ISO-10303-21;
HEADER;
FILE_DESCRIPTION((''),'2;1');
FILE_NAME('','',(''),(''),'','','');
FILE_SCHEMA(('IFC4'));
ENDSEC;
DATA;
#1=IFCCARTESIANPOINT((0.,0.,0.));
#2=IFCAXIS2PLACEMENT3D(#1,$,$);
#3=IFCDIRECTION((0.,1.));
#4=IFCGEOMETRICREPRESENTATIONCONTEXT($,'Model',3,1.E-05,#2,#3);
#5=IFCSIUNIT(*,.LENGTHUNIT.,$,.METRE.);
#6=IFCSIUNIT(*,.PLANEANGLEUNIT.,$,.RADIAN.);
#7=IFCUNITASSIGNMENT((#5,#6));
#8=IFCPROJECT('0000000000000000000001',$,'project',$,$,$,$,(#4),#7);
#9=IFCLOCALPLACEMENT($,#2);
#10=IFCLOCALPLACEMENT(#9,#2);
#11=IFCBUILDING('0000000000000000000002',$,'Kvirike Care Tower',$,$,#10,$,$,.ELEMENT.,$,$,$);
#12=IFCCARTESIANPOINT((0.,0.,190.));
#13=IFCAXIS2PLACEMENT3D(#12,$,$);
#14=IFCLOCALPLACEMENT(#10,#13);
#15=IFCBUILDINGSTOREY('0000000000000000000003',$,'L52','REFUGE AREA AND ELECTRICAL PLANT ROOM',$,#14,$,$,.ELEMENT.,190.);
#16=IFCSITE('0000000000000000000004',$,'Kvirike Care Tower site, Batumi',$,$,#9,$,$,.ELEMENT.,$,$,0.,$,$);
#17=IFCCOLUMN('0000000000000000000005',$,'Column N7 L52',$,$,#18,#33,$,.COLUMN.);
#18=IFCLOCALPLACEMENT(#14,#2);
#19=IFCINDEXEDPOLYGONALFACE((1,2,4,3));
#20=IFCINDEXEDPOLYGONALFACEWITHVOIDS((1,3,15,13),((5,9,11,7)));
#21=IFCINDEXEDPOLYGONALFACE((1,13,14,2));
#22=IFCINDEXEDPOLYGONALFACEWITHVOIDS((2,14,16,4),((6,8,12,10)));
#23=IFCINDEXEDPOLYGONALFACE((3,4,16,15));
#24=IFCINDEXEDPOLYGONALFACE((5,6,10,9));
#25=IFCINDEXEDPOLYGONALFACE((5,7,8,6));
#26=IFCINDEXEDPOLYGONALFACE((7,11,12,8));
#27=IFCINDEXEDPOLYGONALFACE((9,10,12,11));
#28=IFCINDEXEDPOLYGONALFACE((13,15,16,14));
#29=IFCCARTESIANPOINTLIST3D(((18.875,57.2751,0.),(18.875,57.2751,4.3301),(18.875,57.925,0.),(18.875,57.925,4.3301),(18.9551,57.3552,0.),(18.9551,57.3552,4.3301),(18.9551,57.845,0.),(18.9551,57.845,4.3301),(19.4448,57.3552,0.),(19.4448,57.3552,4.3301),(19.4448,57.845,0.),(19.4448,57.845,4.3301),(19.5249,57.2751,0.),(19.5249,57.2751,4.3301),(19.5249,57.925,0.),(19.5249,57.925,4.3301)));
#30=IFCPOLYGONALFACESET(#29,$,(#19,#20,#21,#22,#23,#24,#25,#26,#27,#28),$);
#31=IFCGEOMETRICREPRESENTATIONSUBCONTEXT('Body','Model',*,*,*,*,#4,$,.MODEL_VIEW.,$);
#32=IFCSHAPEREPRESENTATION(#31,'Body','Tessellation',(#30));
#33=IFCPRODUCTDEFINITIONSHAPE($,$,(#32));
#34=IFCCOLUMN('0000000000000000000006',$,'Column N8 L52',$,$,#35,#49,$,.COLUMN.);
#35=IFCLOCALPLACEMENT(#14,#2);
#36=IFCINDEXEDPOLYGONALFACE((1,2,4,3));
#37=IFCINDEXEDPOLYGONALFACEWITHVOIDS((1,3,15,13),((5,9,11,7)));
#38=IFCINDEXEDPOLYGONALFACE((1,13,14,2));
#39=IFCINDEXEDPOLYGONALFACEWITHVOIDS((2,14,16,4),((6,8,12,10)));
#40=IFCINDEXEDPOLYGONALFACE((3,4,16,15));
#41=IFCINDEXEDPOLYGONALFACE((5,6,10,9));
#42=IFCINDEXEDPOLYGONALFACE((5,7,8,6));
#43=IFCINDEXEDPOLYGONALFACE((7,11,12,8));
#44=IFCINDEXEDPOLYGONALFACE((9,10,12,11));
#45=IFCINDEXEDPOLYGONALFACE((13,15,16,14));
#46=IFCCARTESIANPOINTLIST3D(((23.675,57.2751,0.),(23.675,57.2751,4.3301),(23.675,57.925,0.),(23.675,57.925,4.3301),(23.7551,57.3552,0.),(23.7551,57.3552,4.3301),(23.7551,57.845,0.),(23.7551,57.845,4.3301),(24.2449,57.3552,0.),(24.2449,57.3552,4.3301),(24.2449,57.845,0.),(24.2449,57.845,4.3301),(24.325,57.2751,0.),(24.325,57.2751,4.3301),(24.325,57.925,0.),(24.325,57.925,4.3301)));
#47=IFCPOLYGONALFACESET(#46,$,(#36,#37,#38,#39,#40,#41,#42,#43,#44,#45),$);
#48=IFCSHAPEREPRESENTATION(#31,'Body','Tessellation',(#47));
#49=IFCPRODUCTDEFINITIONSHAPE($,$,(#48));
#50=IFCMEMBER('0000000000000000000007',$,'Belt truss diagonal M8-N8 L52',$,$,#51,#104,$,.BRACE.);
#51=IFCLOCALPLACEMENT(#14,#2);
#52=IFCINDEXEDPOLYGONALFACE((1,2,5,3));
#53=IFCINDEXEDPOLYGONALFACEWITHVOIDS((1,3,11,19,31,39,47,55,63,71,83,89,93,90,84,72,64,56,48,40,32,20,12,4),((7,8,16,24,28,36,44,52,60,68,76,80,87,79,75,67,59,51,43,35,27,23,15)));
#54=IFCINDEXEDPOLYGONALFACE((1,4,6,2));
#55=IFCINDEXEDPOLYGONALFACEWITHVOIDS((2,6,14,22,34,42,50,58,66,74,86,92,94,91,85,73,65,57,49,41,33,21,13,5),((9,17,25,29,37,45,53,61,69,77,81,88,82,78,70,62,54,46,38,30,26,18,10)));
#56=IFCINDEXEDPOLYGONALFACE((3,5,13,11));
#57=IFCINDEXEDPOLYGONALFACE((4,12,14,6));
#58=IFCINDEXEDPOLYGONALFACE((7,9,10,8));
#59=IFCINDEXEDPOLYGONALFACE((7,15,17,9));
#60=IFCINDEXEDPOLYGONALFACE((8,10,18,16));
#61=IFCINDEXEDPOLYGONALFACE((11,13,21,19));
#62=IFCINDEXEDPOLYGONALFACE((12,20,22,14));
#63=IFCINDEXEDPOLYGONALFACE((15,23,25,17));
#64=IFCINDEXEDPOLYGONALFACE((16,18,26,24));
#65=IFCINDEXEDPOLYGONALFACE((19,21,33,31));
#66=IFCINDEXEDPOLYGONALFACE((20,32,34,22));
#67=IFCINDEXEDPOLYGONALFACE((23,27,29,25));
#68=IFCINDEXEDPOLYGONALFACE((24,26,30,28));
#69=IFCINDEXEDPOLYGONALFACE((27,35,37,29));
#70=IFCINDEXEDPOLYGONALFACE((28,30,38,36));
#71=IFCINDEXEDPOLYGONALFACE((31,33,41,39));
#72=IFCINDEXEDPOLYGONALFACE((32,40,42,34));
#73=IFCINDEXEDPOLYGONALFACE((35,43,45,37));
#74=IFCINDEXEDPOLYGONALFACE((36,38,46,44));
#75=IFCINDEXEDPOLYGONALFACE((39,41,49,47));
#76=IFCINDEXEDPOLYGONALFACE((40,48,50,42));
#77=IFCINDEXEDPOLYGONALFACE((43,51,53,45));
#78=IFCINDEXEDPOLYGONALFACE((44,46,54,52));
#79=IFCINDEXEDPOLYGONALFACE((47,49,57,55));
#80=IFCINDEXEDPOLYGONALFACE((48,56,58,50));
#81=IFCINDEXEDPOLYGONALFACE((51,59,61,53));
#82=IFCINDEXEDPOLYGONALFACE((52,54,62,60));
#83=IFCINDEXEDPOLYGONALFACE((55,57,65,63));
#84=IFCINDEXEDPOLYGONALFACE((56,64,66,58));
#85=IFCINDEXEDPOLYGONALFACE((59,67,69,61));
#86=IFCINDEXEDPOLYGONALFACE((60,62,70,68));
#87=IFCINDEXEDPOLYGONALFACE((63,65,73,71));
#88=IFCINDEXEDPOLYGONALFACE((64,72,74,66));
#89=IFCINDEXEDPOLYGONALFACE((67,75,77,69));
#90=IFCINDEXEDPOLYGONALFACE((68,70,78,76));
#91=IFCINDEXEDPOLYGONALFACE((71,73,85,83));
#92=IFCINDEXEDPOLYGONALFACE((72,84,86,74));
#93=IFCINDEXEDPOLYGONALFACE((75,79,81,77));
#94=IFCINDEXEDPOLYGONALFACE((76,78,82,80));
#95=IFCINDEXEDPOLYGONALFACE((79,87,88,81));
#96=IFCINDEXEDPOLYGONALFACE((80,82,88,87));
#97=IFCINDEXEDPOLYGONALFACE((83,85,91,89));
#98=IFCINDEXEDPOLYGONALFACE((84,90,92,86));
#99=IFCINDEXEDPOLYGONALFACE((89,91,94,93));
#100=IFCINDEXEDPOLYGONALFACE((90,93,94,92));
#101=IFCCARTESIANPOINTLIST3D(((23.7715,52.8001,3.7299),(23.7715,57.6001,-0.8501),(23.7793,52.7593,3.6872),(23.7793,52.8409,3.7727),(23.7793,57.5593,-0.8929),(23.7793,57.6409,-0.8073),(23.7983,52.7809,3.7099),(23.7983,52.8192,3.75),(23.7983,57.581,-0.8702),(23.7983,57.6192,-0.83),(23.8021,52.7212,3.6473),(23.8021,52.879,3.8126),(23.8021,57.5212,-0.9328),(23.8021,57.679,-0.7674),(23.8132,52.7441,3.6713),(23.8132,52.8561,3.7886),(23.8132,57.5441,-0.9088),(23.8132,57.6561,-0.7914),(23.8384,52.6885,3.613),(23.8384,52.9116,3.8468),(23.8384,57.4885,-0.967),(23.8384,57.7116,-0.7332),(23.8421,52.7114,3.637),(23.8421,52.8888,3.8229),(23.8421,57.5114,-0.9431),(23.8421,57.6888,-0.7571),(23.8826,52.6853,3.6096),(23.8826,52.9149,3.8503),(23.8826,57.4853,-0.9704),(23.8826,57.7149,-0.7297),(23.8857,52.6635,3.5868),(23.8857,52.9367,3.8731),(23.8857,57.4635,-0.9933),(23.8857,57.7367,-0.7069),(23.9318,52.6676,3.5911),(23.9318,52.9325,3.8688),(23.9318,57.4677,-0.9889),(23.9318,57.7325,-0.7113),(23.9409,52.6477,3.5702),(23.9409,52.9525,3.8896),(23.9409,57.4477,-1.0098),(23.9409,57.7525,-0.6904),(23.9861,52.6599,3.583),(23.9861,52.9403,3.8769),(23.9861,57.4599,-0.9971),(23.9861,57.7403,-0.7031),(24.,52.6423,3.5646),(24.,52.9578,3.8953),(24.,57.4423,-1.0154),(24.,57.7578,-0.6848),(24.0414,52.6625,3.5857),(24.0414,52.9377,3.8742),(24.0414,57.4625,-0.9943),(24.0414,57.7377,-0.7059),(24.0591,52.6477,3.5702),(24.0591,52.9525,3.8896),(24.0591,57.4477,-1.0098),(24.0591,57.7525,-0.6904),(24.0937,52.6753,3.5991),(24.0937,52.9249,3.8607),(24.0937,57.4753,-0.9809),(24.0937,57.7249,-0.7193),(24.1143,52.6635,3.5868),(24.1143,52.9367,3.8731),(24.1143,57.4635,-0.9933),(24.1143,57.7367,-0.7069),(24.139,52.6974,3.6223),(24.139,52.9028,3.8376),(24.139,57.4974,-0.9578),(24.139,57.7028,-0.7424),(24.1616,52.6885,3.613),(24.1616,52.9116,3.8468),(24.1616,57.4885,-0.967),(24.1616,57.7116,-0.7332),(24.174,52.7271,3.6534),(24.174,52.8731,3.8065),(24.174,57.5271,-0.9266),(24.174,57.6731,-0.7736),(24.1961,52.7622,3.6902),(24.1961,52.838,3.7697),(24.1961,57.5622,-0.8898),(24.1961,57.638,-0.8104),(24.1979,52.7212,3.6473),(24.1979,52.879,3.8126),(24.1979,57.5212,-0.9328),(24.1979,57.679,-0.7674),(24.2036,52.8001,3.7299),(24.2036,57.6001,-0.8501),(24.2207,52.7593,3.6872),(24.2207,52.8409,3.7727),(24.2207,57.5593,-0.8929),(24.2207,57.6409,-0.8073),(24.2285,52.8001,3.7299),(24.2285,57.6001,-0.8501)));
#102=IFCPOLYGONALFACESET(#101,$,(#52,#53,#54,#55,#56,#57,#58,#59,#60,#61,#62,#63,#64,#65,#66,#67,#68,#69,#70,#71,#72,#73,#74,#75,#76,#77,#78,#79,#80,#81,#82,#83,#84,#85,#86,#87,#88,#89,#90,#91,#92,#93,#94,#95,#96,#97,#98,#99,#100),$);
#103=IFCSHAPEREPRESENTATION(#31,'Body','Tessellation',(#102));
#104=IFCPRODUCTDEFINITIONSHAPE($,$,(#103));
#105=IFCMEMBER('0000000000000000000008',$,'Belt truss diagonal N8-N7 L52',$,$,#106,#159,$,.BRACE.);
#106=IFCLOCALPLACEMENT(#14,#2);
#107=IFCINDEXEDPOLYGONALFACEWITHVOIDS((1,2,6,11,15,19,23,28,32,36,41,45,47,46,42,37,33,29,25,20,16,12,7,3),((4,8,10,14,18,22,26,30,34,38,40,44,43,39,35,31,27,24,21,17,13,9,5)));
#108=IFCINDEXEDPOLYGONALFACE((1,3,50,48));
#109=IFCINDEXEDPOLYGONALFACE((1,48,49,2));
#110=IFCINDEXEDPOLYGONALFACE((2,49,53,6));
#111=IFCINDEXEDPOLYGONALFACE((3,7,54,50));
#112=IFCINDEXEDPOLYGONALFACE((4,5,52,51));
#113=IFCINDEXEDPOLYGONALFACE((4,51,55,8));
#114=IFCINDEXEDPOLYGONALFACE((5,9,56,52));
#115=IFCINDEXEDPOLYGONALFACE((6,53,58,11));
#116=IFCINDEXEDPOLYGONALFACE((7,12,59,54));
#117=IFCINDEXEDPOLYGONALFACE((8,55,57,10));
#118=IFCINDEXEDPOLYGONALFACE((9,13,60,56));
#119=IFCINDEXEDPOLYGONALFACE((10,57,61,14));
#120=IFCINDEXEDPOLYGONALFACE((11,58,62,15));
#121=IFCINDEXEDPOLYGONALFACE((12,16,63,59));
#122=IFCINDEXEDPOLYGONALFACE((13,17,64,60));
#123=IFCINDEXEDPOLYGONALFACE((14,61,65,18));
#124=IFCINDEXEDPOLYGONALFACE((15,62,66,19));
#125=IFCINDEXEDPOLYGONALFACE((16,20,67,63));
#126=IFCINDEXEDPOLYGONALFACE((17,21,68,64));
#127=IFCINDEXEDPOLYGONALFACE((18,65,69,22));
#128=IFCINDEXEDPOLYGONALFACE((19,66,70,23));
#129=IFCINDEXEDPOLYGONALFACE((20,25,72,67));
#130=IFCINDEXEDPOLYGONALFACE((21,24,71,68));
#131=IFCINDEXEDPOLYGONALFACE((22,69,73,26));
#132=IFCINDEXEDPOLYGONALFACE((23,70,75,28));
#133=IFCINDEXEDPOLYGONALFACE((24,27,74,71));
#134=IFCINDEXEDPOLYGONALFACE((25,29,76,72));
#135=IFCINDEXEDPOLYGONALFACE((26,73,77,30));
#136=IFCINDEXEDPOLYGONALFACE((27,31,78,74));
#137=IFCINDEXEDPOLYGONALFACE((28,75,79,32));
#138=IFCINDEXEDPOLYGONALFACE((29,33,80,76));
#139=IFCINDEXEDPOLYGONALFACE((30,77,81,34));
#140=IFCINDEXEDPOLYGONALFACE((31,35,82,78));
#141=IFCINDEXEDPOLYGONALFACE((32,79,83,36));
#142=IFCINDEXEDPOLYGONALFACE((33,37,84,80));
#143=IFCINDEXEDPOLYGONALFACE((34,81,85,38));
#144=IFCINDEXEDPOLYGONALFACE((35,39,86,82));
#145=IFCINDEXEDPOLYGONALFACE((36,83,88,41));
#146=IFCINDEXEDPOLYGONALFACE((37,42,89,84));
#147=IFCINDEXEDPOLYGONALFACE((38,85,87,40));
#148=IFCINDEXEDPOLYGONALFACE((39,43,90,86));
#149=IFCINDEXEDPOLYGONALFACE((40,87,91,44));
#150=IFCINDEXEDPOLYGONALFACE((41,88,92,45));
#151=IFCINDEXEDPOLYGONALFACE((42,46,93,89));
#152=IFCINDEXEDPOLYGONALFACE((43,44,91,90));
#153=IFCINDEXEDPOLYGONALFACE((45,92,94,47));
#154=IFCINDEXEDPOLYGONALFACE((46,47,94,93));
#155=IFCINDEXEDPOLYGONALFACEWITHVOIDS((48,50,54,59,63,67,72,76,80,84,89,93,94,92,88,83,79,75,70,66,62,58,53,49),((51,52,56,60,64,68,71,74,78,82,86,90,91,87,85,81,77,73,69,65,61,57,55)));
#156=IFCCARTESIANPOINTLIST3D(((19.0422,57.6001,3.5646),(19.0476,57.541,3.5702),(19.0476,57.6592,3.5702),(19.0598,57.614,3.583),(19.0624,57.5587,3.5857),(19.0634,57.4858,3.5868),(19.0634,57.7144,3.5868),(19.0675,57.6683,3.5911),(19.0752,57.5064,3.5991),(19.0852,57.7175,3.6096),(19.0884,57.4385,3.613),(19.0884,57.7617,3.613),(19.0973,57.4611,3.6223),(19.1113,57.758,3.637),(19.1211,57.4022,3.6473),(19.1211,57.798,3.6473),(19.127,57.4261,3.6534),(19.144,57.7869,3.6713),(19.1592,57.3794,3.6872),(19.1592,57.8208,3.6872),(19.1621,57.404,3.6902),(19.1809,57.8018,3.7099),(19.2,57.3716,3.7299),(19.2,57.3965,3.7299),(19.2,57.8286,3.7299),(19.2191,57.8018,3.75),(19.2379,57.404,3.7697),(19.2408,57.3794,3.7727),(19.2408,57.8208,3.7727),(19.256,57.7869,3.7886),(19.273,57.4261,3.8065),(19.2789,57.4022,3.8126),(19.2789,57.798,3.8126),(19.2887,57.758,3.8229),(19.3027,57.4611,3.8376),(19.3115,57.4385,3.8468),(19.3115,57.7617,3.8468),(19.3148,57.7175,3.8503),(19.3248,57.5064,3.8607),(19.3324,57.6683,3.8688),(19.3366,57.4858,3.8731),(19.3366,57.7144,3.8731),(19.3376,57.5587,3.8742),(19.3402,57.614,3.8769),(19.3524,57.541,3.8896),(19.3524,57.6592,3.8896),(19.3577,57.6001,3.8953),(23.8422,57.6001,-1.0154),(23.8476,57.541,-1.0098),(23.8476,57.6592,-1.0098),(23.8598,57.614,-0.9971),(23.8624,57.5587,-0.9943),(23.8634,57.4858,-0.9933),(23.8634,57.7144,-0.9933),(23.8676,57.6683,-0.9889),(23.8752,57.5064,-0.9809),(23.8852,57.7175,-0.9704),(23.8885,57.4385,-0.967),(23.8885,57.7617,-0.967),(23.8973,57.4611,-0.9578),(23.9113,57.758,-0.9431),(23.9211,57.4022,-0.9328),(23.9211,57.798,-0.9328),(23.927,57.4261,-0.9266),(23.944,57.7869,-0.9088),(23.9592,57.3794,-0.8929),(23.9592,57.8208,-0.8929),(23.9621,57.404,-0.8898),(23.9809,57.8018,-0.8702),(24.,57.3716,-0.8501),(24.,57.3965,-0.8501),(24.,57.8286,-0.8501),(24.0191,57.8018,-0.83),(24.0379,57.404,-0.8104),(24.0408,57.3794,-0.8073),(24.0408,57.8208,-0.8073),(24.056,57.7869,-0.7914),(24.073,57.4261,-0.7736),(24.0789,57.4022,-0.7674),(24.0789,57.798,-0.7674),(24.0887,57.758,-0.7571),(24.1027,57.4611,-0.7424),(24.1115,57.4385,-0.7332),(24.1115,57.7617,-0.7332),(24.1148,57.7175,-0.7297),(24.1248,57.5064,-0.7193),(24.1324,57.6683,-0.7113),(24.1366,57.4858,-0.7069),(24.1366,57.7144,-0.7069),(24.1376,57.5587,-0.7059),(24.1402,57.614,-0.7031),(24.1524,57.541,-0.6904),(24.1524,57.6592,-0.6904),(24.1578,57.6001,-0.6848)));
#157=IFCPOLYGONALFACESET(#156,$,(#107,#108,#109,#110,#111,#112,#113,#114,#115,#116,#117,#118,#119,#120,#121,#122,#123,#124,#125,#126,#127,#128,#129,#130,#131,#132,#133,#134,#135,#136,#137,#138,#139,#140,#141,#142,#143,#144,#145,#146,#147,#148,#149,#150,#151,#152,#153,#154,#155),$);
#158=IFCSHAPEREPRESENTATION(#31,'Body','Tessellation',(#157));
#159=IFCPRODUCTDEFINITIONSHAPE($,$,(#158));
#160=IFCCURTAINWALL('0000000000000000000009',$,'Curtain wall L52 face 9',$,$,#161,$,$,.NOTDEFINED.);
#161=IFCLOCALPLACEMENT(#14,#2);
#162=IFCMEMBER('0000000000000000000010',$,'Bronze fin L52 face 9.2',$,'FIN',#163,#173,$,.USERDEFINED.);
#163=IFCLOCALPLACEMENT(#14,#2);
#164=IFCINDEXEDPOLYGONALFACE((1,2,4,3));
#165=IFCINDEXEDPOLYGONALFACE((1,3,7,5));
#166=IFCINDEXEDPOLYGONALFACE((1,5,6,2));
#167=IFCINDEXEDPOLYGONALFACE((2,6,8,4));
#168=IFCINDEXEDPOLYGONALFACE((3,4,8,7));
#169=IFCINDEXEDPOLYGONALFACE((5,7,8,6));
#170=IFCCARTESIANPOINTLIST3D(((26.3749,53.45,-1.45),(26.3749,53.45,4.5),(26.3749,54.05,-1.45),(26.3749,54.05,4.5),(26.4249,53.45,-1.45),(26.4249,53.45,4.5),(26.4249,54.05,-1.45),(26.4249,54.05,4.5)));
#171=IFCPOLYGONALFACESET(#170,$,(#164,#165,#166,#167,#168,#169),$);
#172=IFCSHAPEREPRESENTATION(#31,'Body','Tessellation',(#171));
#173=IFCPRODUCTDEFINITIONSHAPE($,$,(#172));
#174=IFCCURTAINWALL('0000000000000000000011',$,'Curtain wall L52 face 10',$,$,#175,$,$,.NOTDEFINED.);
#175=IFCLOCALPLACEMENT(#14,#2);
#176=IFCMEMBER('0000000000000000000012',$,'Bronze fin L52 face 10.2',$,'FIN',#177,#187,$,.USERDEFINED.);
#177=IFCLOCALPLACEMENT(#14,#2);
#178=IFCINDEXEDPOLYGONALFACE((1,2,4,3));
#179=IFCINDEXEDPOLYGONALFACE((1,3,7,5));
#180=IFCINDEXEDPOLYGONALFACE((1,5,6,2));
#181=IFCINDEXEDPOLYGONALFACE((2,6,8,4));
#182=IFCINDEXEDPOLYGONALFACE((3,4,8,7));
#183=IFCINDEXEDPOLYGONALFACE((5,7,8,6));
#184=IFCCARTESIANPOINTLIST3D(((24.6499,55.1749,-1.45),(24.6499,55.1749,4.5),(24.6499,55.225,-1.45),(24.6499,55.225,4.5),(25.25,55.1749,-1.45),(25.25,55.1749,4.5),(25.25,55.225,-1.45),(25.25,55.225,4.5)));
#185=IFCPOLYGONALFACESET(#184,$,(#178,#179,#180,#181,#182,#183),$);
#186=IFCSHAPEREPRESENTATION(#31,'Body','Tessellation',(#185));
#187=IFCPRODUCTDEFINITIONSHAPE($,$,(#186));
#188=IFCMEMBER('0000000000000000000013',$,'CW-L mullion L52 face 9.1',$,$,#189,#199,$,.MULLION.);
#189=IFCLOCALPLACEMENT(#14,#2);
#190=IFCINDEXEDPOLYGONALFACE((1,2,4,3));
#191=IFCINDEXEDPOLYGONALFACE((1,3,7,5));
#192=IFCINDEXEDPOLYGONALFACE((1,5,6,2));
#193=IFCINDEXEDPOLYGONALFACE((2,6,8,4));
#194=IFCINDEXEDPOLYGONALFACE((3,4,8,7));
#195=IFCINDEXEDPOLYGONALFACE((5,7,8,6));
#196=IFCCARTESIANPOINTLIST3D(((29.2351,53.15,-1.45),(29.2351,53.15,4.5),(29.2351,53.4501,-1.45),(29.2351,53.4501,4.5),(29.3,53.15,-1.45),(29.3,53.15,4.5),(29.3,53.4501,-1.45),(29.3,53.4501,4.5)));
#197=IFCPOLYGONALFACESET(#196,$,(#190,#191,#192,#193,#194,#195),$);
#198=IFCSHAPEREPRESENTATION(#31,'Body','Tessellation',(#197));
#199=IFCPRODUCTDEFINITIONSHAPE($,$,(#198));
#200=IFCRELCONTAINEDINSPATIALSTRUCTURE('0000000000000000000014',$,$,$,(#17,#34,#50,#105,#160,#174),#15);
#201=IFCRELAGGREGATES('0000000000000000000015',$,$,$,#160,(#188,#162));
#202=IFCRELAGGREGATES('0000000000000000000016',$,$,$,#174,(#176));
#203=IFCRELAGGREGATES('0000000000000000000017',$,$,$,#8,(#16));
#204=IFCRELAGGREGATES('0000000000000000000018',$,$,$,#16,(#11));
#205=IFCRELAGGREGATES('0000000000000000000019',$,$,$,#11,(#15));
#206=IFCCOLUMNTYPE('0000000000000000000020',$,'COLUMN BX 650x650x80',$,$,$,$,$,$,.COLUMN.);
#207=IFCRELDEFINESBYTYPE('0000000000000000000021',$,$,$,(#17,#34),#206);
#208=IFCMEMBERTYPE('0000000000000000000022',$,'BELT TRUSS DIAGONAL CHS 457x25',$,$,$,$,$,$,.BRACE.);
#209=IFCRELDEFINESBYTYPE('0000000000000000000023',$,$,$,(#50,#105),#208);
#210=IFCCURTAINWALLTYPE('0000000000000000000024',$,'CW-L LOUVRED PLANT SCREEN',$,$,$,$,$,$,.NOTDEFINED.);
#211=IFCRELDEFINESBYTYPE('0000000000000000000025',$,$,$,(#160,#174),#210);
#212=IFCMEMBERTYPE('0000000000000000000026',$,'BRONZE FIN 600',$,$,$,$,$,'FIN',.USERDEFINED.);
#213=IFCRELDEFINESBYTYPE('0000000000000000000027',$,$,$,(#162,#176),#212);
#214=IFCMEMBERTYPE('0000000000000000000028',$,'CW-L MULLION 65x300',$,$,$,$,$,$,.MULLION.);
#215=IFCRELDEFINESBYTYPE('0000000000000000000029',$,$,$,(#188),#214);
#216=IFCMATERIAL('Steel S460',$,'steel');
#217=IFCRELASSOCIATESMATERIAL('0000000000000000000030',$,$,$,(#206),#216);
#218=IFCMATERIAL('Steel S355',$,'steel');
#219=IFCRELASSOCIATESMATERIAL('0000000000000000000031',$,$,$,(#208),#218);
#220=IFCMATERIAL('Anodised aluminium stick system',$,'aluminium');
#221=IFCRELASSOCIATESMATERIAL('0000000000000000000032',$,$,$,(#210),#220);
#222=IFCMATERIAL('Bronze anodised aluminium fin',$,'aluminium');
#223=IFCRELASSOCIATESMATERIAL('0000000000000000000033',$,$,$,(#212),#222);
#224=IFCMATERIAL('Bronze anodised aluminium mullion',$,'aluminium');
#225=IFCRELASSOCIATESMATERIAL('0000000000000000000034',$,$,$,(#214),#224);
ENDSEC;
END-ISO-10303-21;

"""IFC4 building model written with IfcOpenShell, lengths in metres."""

from ifc_helpers import new_model, si_unit, direction, frame, origin, origin_2d, place, context, subcontext, project, spatial, rectangle, hollow_rectangle, hollow_circle, extrude, material, material_profile, profile_set, type_object, element, aggregate, save


model = new_model("IFC4")

# Units and contexts
model_context = context("Model", 3, precision=1e-05, world=origin(), true_north=direction((0.0, 1.0)))
body_context = subcontext(model_context, "Body", "Model", "MODEL_VIEW")
ifc_project = project(units=[si_unit("LENGTHUNIT", "METRE"), si_unit("PLANEANGLEUNIT", "RADIAN")], contexts=[model_context])

# Site, building, storey
site_placement = place(None, origin())
site = spatial("IfcSite", under=ifc_project, at=site_placement, Name="Kvirike Care Tower site, Batumi", CompositionType="ELEMENT", RefElevation=0.0)
building_placement = place(site_placement, origin())
building = spatial("IfcBuilding", under=site, at=building_placement, Name="Kvirike Care Tower", CompositionType="ELEMENT")
storey_placement = place(building_placement, frame((0.0, 0.0, 190.0)))
storey = spatial("IfcBuildingStorey", under=building, at=storey_placement, Name="L52", Description="REFUGE AREA AND ELECTRICAL PLANT ROOM", CompositionType="ELEMENT", Elevation=190.0)

# Columns
ifc_material_1 = material(Name="Steel S460", Category="steel")
ifc_material_profile_1 = material_profile(ifc_material_1, hollow_rectangle(XDim=0.6499, YDim=0.6499, WallThickness=0.0801, at=origin_2d()), Name="BX 650x650x80")
ifc_profile_set_1 = profile_set([ifc_material_profile_1], Name="Steel S460")
column_type = type_object("IfcColumnType", Name="COLUMN BX 650x650x80", PredefinedType="COLUMN", material=ifc_profile_set_1)
for number, where, z_axis, x_axis, name in (
    (1, (19.2, 57.6001, 0.0), (0.0, 0.0, 1.0), (0.0, 1.0, 0.0), "Column N7 L52"),
    (2, (24.0, 57.6001, 0.0), (0.0, 0.0, 1.0), (0.0, 1.0, 0.0), "Column N8 L52"),
):
    element("IfcColumn", number, at=place(storey_placement, frame(where, z_axis=z_axis, x_axis=x_axis)), inside=storey, type_object=column_type, Name=name, PredefinedType="COLUMN", context=body_context, shape_type="SweptSolid", body=[
        extrude(hollow_rectangle(XDim=0.6499, YDim=0.6499, WallThickness=0.0801, at=origin_2d()), origin(), (0.0, 0.0, 1.0), 4.3301),
    ])

# Members
ifc_material_2 = material(Name="Steel S355", Category="steel")
ifc_material_profile_2 = material_profile(ifc_material_2, hollow_circle(Radius=0.2285, WallThickness=0.0249, at=origin_2d()), Name="CHS 457x25")
ifc_profile_set_2 = profile_set([ifc_material_profile_2], Name="Steel S355")
member_type_1 = type_object("IfcMemberType", Name="BELT TRUSS DIAGONAL CHS 457x25", PredefinedType="BRACE", material=ifc_profile_set_2)
for number, where, z_axis, x_axis, name in (
    (3, (24.0, 57.6001, -0.8501), (0.0, -0.72349, 0.690335), (1.0, 0.0, 0.0), "Belt truss diagonal M8-N8 L52"),
    (4, (24.0, 57.6001, -0.8501), (-0.72349, 0.0, 0.690335), (0.0, -1.0, 0.0), "Belt truss diagonal N8-N7 L52"),
):
    element("IfcMember", number, at=place(storey_placement, frame(where, z_axis=z_axis, x_axis=x_axis)), inside=storey, type_object=member_type_1, Name=name, PredefinedType="BRACE", context=body_context, shape_type="SweptSolid", body=[
        extrude(hollow_circle(Radius=0.2285, WallThickness=0.0249, at=origin_2d()), origin(), (0.0, 0.0, 1.0), 6.6345),
    ])

# Curtain walls, members
ifc_material_3 = material(Name="Anodised aluminium stick system", Category="aluminium")
curtain_wall_type = type_object("IfcCurtainWallType", Name="CW-L LOUVRED PLANT SCREEN", PredefinedType="NOTDEFINED", material=ifc_material_3)
curtain_wall_1_placement = place(storey_placement, origin())
curtain_wall_1 = element("IfcCurtainWall", 5, at=curtain_wall_1_placement, inside=storey, type_object=curtain_wall_type, Name="Curtain wall L52 face 9", PredefinedType="NOTDEFINED")
ifc_material_4 = material(Name="Bronze anodised aluminium fin", Category="aluminium")
ifc_material_profile_3 = material_profile(ifc_material_4, rectangle(XDim=0.05, YDim=0.6001, at=origin_2d()), Name="BRONZE FIN 600")
ifc_profile_set_3 = profile_set([ifc_material_profile_3], Name="Bronze anodised aluminium fin")
member_type_2 = type_object("IfcMemberType", Name="BRONZE FIN 600", ElementType="FIN", PredefinedType="USERDEFINED", material=ifc_profile_set_3)
member_1_placement = place(storey_placement, frame((26.3999, 53.75, -1.45), z_axis=(0.0, 0.0, 1.0), x_axis=(-1.0, 0.0, 0.0)))
member_1 = element("IfcMember", 6, at=member_1_placement, type_object=member_type_2, Name="Bronze fin L52 face 9.2", ObjectType="FIN", PredefinedType="USERDEFINED", context=body_context, shape_type="SweptSolid", body=[
    extrude(rectangle(XDim=0.05, YDim=0.6001, at=origin_2d()), origin(), (0.0, 0.0, 1.0), 5.95),
])
curtain_wall_2_placement = place(storey_placement, origin())
curtain_wall_2 = element("IfcCurtainWall", 7, at=curtain_wall_2_placement, inside=storey, type_object=curtain_wall_type, Name="Curtain wall L52 face 10", PredefinedType="NOTDEFINED")
member_2_placement = place(storey_placement, frame((24.95, 55.2, -1.45), z_axis=(0.0, 0.0, 1.0), x_axis=(0.0, 1.0, 0.0)))
member_2 = element("IfcMember", 8, at=member_2_placement, type_object=member_type_2, Name="Bronze fin L52 face 10.2", ObjectType="FIN", PredefinedType="USERDEFINED", context=body_context, shape_type="SweptSolid", body=[
    extrude(rectangle(XDim=0.05, YDim=0.6001, at=origin_2d()), origin(), (0.0, 0.0, 1.0), 5.95),
])

# Member
ifc_material_5 = material(Name="Bronze anodised aluminium mullion", Category="aluminium")
ifc_material_profile_4 = material_profile(ifc_material_5, rectangle(XDim=0.0649, YDim=0.3, at=origin_2d()), Name="CW-L MULLION 65x300")
ifc_profile_set_4 = profile_set([ifc_material_profile_4], Name="Bronze anodised aluminium mullion")
member_type_3 = type_object("IfcMemberType", Name="CW-L MULLION 65x300", PredefinedType="MULLION", material=ifc_profile_set_4)
member_3_placement = place(storey_placement, frame((29.2676, 53.3, -1.45), z_axis=(0.0, 0.0, 1.0), x_axis=(-1.0, 0.0, 0.0)))
member_3 = element("IfcMember", 9, at=member_3_placement, type_object=member_type_3, Name="CW-L mullion L52 face 9.1", PredefinedType="MULLION", context=body_context, shape_type="SweptSolid", body=[
    extrude(rectangle(XDim=0.0649, YDim=0.3, at=origin_2d()), origin(), (0.0, 0.0, 1.0), 5.95),
])

aggregate(curtain_wall_1, [member_3, member_1])
aggregate(curtain_wall_2, [member_2])

save(model, "model.ifc")
